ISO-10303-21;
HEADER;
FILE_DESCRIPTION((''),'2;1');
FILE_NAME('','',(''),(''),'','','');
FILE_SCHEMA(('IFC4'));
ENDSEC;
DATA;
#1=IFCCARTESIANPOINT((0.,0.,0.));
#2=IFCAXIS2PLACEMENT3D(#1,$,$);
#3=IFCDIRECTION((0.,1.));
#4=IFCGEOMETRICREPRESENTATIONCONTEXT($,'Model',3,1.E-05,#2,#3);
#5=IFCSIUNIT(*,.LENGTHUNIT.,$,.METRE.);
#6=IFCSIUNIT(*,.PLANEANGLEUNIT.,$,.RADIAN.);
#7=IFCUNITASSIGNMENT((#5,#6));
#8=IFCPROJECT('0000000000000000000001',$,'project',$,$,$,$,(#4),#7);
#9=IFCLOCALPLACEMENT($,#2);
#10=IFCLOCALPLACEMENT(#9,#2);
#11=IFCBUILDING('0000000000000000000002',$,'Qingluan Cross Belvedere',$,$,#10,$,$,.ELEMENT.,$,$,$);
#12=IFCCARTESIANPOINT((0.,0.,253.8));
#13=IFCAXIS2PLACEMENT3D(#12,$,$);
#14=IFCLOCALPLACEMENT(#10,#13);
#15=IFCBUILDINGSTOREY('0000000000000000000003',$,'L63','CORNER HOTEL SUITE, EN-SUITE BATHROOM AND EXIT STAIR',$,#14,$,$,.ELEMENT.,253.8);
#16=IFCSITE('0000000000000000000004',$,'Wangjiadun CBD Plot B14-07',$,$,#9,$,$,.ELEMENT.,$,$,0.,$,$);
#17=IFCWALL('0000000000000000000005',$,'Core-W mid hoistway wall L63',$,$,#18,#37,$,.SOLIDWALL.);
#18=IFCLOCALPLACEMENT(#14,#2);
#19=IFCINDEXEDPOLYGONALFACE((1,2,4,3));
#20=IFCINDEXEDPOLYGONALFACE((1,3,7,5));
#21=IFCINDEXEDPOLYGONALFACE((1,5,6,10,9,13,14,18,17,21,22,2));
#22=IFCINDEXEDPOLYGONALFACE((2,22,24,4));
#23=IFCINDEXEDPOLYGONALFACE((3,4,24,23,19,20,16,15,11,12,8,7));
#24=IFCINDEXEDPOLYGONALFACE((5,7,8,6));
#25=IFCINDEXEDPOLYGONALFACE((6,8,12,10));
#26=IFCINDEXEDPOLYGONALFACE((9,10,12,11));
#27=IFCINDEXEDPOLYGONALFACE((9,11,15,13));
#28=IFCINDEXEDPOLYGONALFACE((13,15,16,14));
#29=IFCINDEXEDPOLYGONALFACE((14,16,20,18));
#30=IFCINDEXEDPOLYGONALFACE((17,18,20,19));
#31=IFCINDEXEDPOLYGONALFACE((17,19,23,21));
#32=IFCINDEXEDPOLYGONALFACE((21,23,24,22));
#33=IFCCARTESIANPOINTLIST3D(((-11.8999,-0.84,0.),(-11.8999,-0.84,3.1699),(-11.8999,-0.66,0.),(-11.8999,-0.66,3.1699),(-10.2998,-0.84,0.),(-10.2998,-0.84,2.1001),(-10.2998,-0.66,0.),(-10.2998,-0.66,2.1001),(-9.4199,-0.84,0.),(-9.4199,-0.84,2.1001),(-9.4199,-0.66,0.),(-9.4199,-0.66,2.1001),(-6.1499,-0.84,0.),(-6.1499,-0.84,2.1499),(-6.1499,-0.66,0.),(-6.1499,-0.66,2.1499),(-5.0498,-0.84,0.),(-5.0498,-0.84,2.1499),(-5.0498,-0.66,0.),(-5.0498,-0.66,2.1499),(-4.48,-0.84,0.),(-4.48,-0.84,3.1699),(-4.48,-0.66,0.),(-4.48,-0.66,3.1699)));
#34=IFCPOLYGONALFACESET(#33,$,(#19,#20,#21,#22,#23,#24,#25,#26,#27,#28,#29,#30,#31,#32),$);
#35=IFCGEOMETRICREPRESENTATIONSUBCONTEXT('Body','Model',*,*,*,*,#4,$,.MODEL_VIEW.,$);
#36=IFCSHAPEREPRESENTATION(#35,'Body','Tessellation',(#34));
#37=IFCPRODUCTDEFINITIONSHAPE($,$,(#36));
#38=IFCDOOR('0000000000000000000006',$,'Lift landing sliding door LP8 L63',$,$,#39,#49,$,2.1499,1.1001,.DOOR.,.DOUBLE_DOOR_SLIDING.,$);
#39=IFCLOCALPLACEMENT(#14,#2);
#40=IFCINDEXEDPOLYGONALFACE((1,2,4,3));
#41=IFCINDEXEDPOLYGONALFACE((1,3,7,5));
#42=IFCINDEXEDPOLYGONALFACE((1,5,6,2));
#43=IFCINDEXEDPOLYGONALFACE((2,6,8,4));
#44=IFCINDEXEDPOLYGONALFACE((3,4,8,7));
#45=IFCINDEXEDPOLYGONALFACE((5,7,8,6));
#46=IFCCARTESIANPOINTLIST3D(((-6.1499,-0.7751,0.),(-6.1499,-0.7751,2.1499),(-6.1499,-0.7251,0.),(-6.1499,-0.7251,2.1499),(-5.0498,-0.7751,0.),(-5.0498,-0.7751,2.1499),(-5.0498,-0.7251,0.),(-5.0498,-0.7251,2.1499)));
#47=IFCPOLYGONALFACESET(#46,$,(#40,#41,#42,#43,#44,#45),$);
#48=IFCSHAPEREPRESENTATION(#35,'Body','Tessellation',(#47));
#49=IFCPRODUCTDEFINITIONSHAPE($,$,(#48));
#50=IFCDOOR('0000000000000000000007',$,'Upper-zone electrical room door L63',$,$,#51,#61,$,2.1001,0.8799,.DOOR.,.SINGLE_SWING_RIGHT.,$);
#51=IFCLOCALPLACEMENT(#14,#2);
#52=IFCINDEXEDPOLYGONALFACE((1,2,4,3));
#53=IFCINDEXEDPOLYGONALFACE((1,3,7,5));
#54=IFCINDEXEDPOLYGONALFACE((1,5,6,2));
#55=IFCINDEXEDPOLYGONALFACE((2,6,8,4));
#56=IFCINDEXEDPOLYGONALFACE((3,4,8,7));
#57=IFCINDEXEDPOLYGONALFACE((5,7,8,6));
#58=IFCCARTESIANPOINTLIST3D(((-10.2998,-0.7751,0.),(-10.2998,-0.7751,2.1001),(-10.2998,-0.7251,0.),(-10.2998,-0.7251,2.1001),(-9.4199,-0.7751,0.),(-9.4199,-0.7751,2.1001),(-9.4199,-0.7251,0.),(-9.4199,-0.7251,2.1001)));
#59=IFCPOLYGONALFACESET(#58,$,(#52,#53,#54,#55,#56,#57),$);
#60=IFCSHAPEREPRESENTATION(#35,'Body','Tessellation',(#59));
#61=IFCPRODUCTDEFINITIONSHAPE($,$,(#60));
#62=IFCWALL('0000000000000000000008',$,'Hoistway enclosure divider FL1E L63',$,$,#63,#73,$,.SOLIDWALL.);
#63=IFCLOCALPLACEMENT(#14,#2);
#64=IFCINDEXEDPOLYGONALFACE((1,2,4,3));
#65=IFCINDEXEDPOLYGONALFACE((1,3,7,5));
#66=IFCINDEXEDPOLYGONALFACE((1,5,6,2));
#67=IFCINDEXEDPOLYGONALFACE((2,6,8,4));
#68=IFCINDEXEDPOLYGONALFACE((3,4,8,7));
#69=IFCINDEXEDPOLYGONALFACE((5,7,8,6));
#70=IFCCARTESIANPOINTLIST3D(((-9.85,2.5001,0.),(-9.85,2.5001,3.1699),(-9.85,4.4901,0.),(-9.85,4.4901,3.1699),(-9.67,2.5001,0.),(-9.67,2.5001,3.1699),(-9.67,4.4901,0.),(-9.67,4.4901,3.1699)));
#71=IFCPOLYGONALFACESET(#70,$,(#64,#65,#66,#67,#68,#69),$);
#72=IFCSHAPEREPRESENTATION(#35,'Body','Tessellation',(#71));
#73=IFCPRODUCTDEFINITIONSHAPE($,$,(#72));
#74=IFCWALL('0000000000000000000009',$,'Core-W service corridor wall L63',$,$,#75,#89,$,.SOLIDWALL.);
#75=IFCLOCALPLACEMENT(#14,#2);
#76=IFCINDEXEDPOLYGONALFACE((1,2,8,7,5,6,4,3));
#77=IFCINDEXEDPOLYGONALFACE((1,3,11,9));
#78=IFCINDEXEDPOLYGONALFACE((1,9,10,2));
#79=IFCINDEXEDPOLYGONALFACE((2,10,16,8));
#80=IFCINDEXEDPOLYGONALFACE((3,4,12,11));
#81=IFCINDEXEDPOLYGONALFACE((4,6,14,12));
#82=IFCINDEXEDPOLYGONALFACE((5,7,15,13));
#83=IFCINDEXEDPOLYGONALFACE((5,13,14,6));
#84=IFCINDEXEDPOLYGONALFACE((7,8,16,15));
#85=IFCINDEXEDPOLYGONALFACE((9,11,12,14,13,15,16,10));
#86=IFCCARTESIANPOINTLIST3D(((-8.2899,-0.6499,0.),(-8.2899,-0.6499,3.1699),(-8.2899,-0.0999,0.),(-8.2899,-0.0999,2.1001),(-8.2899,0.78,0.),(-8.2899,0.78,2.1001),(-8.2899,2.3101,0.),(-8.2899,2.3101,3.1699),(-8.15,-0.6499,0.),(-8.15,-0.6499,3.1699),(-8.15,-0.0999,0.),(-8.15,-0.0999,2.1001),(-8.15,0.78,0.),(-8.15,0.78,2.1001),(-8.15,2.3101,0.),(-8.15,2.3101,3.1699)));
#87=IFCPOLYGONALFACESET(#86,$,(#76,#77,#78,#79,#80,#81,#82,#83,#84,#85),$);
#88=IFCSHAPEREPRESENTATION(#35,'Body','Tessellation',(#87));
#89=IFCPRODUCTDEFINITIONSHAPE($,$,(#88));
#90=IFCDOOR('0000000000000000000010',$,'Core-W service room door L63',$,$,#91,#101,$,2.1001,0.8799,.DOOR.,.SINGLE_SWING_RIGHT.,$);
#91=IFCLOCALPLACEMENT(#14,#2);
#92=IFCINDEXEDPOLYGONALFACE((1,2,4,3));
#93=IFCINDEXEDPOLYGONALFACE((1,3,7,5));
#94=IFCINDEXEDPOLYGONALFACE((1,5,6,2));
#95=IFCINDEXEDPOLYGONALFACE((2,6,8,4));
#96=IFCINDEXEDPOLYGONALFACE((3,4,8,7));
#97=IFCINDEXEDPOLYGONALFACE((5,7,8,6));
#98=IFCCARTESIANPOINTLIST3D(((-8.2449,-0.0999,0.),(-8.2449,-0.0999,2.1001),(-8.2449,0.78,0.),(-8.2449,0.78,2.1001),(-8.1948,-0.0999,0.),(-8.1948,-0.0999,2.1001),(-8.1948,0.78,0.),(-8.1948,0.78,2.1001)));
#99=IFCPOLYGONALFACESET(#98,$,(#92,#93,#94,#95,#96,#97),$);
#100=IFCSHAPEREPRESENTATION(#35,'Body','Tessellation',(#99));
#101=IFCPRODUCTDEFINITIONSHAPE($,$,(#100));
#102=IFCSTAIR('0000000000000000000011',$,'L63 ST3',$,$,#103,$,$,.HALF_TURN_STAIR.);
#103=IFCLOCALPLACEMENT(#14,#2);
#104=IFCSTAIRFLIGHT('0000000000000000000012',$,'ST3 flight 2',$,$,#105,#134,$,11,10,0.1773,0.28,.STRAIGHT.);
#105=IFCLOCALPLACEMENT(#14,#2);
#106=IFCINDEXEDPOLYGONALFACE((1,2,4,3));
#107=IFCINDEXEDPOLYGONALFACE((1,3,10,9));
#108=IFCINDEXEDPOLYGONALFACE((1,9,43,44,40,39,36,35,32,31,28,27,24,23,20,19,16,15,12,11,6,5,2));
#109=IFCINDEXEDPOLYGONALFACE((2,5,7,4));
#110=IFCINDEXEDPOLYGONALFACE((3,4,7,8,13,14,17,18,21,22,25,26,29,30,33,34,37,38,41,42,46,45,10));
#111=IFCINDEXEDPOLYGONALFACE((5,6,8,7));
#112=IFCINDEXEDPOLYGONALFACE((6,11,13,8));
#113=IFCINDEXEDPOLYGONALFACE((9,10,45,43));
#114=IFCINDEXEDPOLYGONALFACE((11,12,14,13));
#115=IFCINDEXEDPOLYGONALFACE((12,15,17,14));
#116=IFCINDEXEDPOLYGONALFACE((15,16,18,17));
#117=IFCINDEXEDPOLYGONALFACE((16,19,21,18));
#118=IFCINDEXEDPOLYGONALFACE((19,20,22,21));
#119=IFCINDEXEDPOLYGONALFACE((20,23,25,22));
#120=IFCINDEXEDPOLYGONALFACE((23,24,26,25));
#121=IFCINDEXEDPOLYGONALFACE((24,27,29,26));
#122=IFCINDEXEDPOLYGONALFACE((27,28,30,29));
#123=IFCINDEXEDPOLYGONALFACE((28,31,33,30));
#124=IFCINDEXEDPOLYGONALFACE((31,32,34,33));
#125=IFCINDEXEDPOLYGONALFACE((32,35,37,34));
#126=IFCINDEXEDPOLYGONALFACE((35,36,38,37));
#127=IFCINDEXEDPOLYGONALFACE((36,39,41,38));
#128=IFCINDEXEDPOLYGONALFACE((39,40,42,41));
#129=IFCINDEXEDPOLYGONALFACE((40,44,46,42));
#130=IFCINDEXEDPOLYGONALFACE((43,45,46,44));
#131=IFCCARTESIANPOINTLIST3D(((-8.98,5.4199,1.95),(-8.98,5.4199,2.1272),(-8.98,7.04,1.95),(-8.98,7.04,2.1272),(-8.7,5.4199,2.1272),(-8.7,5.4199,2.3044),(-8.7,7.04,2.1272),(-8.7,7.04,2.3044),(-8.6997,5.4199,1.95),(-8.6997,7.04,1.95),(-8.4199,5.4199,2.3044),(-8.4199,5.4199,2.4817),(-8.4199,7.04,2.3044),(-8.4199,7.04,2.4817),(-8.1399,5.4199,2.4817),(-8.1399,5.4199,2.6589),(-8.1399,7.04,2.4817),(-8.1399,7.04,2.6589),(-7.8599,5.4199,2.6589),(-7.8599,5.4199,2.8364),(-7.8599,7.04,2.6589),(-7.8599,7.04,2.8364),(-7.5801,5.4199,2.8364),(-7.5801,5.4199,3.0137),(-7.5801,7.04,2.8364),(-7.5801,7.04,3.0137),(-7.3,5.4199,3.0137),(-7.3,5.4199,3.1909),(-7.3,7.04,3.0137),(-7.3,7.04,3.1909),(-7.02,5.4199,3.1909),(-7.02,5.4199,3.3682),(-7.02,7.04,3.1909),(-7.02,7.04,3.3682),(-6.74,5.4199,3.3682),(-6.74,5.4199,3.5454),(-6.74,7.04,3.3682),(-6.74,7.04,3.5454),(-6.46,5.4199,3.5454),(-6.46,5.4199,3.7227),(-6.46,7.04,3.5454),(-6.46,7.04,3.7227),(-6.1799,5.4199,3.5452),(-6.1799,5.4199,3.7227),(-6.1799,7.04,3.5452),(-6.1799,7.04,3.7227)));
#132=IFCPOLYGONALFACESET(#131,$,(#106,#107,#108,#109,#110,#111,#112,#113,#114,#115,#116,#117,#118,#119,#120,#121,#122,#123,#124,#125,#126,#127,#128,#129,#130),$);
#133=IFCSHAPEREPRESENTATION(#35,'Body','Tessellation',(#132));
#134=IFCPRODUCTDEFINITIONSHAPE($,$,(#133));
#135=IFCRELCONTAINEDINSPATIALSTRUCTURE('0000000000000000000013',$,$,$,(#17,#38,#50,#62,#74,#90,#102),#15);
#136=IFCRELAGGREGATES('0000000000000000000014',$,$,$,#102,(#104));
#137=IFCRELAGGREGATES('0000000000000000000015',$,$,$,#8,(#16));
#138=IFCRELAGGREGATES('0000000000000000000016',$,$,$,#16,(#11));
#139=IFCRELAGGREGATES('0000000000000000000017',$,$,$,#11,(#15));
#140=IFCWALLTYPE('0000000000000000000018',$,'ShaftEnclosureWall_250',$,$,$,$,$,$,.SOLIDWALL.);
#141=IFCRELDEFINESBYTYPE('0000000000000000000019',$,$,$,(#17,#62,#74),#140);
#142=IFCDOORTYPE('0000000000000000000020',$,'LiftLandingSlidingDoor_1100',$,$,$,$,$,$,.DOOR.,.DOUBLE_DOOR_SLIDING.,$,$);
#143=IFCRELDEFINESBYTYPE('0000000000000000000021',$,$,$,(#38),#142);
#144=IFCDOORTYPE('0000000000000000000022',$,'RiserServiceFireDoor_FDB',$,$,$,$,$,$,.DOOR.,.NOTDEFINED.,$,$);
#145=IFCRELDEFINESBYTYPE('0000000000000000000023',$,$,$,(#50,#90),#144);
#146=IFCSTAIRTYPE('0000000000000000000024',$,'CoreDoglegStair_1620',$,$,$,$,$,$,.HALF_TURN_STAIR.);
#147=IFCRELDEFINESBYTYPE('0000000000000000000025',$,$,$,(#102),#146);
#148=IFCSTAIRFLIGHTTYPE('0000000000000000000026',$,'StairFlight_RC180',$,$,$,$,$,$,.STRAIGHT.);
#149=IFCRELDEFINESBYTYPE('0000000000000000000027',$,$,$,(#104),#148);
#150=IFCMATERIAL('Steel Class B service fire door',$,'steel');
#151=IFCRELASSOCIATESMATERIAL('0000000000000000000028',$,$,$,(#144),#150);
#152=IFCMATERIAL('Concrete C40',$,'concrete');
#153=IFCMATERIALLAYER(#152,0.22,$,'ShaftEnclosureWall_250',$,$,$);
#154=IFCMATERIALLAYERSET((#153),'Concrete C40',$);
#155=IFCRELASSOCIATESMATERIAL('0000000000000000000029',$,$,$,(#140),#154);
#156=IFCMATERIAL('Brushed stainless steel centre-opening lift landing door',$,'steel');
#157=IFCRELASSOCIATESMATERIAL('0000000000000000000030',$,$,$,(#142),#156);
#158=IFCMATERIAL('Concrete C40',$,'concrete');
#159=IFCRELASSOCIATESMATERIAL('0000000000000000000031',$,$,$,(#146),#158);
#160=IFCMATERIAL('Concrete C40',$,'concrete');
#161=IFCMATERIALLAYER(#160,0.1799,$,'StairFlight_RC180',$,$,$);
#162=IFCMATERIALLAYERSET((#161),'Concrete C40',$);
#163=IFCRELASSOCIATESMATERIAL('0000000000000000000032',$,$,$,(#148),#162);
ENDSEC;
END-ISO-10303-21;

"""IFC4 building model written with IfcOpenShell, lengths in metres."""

from ifc_helpers import new_model, si_unit, direction, frame, frame_2d, origin, place, context, subcontext, project, spatial, polyline, rectangle, outline, extrude, material, layer, layer_set, type_object, element, fill, aggregate, save


model = new_model("IFC4")

# Units and contexts
model_context = context("Model", 3, precision=1e-05, world=origin(), true_north=direction((0.0, 1.0)))
body_context = subcontext(model_context, "Body", "Model", "MODEL_VIEW")
ifc_project = project(units=[si_unit("LENGTHUNIT", "METRE"), si_unit("PLANEANGLEUNIT", "RADIAN")], contexts=[model_context])

# Site, building, storey
site_placement = place(None, origin())
site = spatial("IfcSite", under=ifc_project, at=site_placement, Name="Wangjiadun CBD Plot B14-07", CompositionType="ELEMENT", RefElevation=0.0)
building_placement = place(site_placement, origin())
building = spatial("IfcBuilding", under=site, at=building_placement, Name="Qingluan Cross Belvedere", CompositionType="ELEMENT")
storey_placement = place(building_placement, frame((0.0, 0.0, 253.8)))
storey = spatial("IfcBuildingStorey", under=building, at=storey_placement, Name="L63", Description="CORNER HOTEL SUITE, EN-SUITE BATHROOM AND EXIT STAIR", CompositionType="ELEMENT", Elevation=253.8)

# Shared definitions
ifc_material_1 = material(Name="Steel Class B service fire door", Category="steel")
door_type_1 = type_object("IfcDoorType", Name="RiserServiceFireDoor_FDB", OperationType="NOTDEFINED", PredefinedType="DOOR", material=ifc_material_1)

# Wall, openings, doors
ifc_material_2 = material(Name="Concrete C40", Category="concrete")
ifc_layer_1 = layer(ifc_material_2, 0.22, Name="ShaftEnclosureWall_250")
ifc_layer_set_1 = layer_set([ifc_layer_1], Name="Concrete C40")
wall_type_1 = type_object("IfcWallType", Name="ShaftEnclosureWall_250", PredefinedType="SOLIDWALL", material=ifc_layer_set_1)
ifc_material_3 = material(Name="Brushed stainless steel centre-opening lift landing door", Category="steel")
door_type_2 = type_object("IfcDoorType", Name="LiftLandingSlidingDoor_1100", OperationType="DOUBLE_DOOR_SLIDING", PredefinedType="DOOR", material=ifc_material_3)
wall_1_placement = place(storey_placement, frame((-11.8999, -0.75, 0.0), z_axis=(0.0, 0.0, 1.0), x_axis=(1.0, 0.0, 0.0)))
wall_1 = element("IfcWall", 1, at=wall_1_placement, inside=storey, type_object=wall_type_1, Name="Core-W mid hoistway wall L63", PredefinedType="SOLIDWALL", context=body_context, shape_type="SweptSolid", body=[
    extrude(rectangle(XDim=7.4199, YDim=0.1799, at=frame_2d((3.71, 0.0))), origin(), (0.0, 0.0, 1.0), 3.1699),
])
opening_1_placement = place(wall_1_placement, frame((5.75, 0.0, 0.0)))
opening_1 = element("IfcOpeningElement", 2, at=opening_1_placement, cuts=wall_1, PredefinedType="OPENING", context=body_context, shape_type="SweptSolid", body=[
    extrude(rectangle(XDim=1.1001, YDim=2.1499, at=frame_2d((0.55, 1.075))), frame((0.0, 0.0999, 0.0), z_axis=(0.0, -1.0, 0.0), x_axis=(1.0, 0.0, 0.0)), (0.0, 0.0, 1.0), 0.2),
])
opening_2_placement = place(wall_1_placement, frame((1.6001, 0.0, 0.0)))
opening_2 = element("IfcOpeningElement", 3, at=opening_2_placement, cuts=wall_1, PredefinedType="OPENING", context=body_context, shape_type="SweptSolid", body=[
    extrude(rectangle(XDim=0.8799, YDim=2.1001, at=frame_2d((0.4399, 1.05))), frame((0.0, 0.0999, 0.0), z_axis=(0.0, -1.0, 0.0), x_axis=(1.0, 0.0, 0.0)), (0.0, 0.0, 1.0), 0.2),
])
door_1_placement = place(opening_1_placement, origin())
door_1 = element("IfcDoor", 4, at=door_1_placement, inside=storey, type_object=door_type_2, Name="Lift landing sliding door LP8 L63", OperationType="DOUBLE_DOOR_SLIDING", OverallHeight=2.1499, OverallWidth=1.1001, PredefinedType="DOOR", context=body_context, shape_type="SweptSolid", body=[
    extrude(rectangle(XDim=1.1001, YDim=2.1499, at=frame_2d((0.55, 1.075))), frame((0.0, 0.0249, 0.0), z_axis=(0.0, -1.0, 0.0), x_axis=(1.0, 0.0, 0.0)), (0.0, 0.0, 1.0), 0.05),
])
fill(opening_1, door_1)
door_2_placement = place(opening_2_placement, origin())
door_2 = element("IfcDoor", 5, at=door_2_placement, inside=storey, type_object=door_type_1, Name="Upper-zone electrical room door L63", OperationType="SINGLE_SWING_RIGHT", OverallHeight=2.1001, OverallWidth=0.8799, PredefinedType="DOOR", context=body_context, shape_type="SweptSolid", body=[
    extrude(rectangle(XDim=0.8799, YDim=2.1001, at=frame_2d((0.4399, 1.05))), frame((0.0, 0.0249, 0.0), z_axis=(0.0, -1.0, 0.0), x_axis=(1.0, 0.0, 0.0)), (0.0, 0.0, 1.0), 0.05),
])
fill(opening_2, door_2)

# Wall
wall_2_placement = place(storey_placement, frame((-9.76, 2.5, 0.0), z_axis=(0.0, 0.0, 1.0), x_axis=(0.0, 1.0, 0.0)))
element("IfcWall", 6, at=wall_2_placement, inside=storey, type_object=wall_type_1, Name="Hoistway enclosure divider FL1E L63", PredefinedType="SOLIDWALL", context=body_context, shape_type="SweptSolid", body=[
    extrude(rectangle(XDim=1.99, YDim=0.1799, at=frame_2d((0.9951, 0.0))), origin(), (0.0, 0.0, 1.0), 3.1699),
])

# Wall, opening, door
wall_3_placement = place(storey_placement, frame((-8.22, -0.6499, 0.0), z_axis=(0.0, 0.0, 1.0), x_axis=(0.0, 1.0, 0.0)))
wall_3 = element("IfcWall", 7, at=wall_3_placement, inside=storey, type_object=wall_type_1, Name="Core-W service corridor wall L63", PredefinedType="SOLIDWALL", context=body_context, shape_type="SweptSolid", body=[
    extrude(rectangle(XDim=2.96, YDim=0.1399, at=frame_2d((1.48, 0.0))), origin(), (0.0, 0.0, 1.0), 3.1699),
])
opening_3_placement = place(wall_3_placement, frame((0.55, 0.0, 0.0)))
opening_3 = element("IfcOpeningElement", 8, at=opening_3_placement, cuts=wall_3, PredefinedType="OPENING", context=body_context, shape_type="SweptSolid", body=[
    extrude(rectangle(XDim=0.8799, YDim=2.1001, at=frame_2d((0.4399, 1.05))), frame((0.0, 0.0798, 0.0), z_axis=(0.0, -1.0, 0.0), x_axis=(1.0, 0.0, 0.0)), (0.0, 0.0, 1.0), 0.1599),
])
door_3_placement = place(opening_3_placement, origin())
door_3 = element("IfcDoor", 9, at=door_3_placement, inside=storey, type_object=door_type_1, Name="Core-W service room door L63", OperationType="SINGLE_SWING_RIGHT", OverallHeight=2.1001, OverallWidth=0.8799, PredefinedType="DOOR", context=body_context, shape_type="SweptSolid", body=[
    extrude(rectangle(XDim=0.8799, YDim=2.1001, at=frame_2d((0.4399, 1.05))), frame((0.0, 0.0249, 0.0), z_axis=(0.0, -1.0, 0.0), x_axis=(1.0, 0.0, 0.0)), (0.0, 0.0, 1.0), 0.05),
])
fill(opening_3, door_3)

# Stair, stair flight
ifc_material_4 = material(Name="Concrete C40", Category="concrete")
stair_type = type_object("IfcStairType", Name="CoreDoglegStair_1620", PredefinedType="HALF_TURN_STAIR", material=ifc_material_4)
stair_placement = place(storey_placement, origin())
stair = element("IfcStair", 10, at=stair_placement, inside=storey, type_object=stair_type, Name="L63 ST3", PredefinedType="HALF_TURN_STAIR")
ifc_material_5 = material(Name="Concrete C40", Category="concrete")
ifc_layer_2 = layer(ifc_material_5, 0.1799, Name="StairFlight_RC180")
ifc_layer_set_2 = layer_set([ifc_layer_2], Name="Concrete C40")
stair_flight_type = type_object("IfcStairFlightType", Name="StairFlight_RC180", PredefinedType="STRAIGHT", material=ifc_layer_set_2)
stair_flight_placement = place(storey_placement, frame((-8.98, 6.23, 1.95), z_axis=(0.0, 0.0, 1.0), x_axis=(1.0, 0.0, 0.0)))
stair_flight = element("IfcStairFlight", 11, at=stair_flight_placement, type_object=stair_flight_type, Name="ST3 flight 2", NumberOfRisers=11, NumberOfTreads=10, PredefinedType="STRAIGHT", RiserHeight=0.1773, TreadLength=0.28, context=body_context, shape_type="SweptSolid", body=[
    extrude(outline(polyline([(0.0, 0.0), (0.0, 0.1772), (0.28, 0.1772), (0.28, 0.3545), (0.5601, 0.3545), (0.5601, 0.5317), (0.8401, 0.5317), (0.8401, 0.709), (1.1201, 0.709), (1.1201, 0.8865), (1.3999, 0.8865), (1.3999, 1.0637), (1.6799, 1.0637), (1.6799, 1.241), (1.96, 1.241), (1.96, 1.4182), (2.24, 1.4182), (2.24, 1.5955), (2.52, 1.5955), (2.52, 1.7727), (2.8, 1.7727), (2.8, 1.95), (2.8, 1.5952), (0.2803, 0.0), (0.0, 0.0)])), frame((0.0, 0.8101, 0.0), z_axis=(0.0, -1.0, 0.0), x_axis=(1.0, 0.0, 0.0)), (0.0, 0.0, 1.0), 1.6201),
])
aggregate(stair, [stair_flight])

save(model, "model.ifc")
